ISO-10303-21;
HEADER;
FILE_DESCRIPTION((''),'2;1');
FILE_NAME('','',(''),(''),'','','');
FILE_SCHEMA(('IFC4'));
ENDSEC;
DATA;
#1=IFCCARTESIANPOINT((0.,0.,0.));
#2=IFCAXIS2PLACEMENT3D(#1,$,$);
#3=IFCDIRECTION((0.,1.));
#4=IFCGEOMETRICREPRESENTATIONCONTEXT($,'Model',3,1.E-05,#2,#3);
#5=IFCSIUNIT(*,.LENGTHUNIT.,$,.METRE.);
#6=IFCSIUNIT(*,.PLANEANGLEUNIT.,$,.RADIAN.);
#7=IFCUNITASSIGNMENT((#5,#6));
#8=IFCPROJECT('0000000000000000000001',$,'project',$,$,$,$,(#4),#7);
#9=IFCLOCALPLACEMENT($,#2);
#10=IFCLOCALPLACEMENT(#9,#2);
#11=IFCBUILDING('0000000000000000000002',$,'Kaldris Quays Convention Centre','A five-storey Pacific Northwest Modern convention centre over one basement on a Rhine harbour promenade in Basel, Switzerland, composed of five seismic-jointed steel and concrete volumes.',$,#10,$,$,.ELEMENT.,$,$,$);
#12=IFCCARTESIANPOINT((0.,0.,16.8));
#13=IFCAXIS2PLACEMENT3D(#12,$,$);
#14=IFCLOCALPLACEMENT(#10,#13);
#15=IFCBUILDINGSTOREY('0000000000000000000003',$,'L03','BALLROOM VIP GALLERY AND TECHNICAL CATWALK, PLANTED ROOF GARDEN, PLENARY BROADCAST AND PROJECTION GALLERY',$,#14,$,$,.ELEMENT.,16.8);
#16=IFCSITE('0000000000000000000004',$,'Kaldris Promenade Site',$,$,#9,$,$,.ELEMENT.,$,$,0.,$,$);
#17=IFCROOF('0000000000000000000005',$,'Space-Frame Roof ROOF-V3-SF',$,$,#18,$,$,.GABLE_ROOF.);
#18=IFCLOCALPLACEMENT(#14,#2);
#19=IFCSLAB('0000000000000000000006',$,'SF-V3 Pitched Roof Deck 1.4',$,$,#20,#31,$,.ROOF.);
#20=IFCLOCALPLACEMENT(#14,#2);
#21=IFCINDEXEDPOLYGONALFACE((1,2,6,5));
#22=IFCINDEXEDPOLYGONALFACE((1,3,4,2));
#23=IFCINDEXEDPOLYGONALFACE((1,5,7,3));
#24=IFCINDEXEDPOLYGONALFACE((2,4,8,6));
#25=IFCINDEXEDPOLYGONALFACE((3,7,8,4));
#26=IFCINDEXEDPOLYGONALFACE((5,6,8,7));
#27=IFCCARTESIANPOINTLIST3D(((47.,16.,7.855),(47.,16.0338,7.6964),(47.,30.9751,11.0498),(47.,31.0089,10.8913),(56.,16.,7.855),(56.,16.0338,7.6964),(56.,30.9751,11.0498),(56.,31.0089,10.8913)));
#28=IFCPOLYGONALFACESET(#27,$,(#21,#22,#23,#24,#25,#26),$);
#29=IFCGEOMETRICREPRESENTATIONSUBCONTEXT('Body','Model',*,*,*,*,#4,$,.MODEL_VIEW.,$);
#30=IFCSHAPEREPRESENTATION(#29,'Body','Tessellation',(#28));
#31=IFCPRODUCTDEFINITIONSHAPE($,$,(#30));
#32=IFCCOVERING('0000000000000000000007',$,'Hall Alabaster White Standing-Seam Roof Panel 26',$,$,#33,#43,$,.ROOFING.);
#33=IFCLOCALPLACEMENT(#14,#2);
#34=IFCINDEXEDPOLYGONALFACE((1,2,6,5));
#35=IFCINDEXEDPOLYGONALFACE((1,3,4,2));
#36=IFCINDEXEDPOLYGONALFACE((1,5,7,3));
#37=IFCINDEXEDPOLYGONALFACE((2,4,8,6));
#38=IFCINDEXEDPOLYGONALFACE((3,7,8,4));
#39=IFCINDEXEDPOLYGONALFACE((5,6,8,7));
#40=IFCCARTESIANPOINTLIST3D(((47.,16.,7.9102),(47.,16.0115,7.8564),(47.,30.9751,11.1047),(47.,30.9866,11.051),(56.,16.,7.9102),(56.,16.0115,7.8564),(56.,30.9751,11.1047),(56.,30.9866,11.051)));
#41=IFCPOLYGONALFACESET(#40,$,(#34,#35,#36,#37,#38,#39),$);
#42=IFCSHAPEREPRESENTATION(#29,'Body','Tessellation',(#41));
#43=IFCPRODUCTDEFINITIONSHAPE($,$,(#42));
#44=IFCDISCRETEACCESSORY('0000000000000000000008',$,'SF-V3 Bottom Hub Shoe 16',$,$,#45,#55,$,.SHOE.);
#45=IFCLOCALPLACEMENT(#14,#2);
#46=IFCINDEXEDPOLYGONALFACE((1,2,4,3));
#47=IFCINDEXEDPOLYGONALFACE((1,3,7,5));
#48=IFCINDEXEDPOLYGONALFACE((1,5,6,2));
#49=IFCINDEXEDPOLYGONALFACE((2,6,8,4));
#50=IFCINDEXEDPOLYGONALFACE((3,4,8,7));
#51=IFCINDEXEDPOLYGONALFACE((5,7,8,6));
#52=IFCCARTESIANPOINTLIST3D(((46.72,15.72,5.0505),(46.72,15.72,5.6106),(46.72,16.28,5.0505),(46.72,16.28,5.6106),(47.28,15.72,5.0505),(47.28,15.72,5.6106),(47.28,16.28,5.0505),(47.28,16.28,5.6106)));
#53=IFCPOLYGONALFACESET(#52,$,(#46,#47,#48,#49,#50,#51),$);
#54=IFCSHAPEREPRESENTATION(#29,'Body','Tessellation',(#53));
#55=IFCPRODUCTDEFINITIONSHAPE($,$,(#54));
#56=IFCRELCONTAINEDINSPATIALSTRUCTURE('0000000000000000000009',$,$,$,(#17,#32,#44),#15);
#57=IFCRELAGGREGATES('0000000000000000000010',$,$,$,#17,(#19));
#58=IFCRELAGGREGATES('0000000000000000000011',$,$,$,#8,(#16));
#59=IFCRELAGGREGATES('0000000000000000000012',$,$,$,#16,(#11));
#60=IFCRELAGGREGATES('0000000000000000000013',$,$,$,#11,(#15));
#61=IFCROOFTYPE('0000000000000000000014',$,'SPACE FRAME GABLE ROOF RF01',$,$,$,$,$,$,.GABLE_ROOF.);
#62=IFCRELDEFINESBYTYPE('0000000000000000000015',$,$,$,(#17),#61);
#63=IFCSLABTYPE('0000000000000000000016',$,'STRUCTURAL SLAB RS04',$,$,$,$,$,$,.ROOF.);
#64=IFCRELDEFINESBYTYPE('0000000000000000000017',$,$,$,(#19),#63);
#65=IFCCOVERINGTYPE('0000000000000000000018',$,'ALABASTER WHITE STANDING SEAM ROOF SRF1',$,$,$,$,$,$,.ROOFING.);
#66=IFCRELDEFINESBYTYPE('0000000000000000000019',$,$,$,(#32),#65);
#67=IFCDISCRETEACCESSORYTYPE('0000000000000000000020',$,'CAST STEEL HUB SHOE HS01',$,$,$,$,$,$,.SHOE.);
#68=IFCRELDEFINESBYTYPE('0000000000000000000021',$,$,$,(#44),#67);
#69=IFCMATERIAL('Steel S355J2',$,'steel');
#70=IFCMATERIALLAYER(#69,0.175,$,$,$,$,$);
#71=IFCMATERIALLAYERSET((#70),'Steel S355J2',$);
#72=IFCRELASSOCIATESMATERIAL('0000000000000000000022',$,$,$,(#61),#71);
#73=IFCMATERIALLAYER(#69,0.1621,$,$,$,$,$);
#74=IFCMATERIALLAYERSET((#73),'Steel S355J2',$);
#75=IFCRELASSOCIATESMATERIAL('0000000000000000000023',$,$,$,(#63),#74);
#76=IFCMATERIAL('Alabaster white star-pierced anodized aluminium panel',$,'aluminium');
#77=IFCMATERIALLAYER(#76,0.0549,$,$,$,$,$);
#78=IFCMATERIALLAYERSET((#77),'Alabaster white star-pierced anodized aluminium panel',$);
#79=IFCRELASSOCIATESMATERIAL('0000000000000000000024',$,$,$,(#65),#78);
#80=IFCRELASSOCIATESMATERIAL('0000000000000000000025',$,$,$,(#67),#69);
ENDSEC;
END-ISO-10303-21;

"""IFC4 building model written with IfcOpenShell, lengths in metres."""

from ifc_helpers import new_model, si_unit, direction, frame, origin, origin_2d, place, context, subcontext, project, spatial, polyline, rectangle, outline, extrude, material, layer, layer_set, type_object, element, aggregate, save


model = new_model("IFC4")

# Units and contexts
model_context = context("Model", 3, precision=1e-05, world=origin(), true_north=direction((0.0, 1.0)))
body_context = subcontext(model_context, "Body", "Model", "MODEL_VIEW")
ifc_project = project(units=[si_unit("LENGTHUNIT", "METRE"), si_unit("PLANEANGLEUNIT", "RADIAN")], contexts=[model_context])

# Site, building, storey
site_placement = place(None, origin())
site = spatial("IfcSite", under=ifc_project, at=site_placement, Name="Kaldris Promenade Site", CompositionType="ELEMENT", RefElevation=0.0)
building_placement = place(site_placement, origin())
building = spatial("IfcBuilding", under=site, at=building_placement, Name="Kaldris Quays Convention Centre", Description="A five-storey Pacific Northwest Modern convention centre over one basement on a Rhine harbour promenade in Basel, Switzerland, composed of five seismic-jointed steel and concrete volumes.", CompositionType="ELEMENT")
storey_placement = place(building_placement, frame((0.0, 0.0, 16.8)))
storey = spatial("IfcBuildingStorey", under=building, at=storey_placement, Name="L03", Description="BALLROOM VIP GALLERY AND TECHNICAL CATWALK, PLANTED ROOF GARDEN, PLENARY BROADCAST AND PROJECTION GALLERY", CompositionType="ELEMENT", Elevation=16.8)

# Shared definitions
ifc_material_1 = material(Name="Steel S355J2", Category="steel")

# Roof, slab
ifc_layer_1 = layer(ifc_material_1, 0.175)
ifc_layer_set_1 = layer_set([ifc_layer_1], Name="Steel S355J2")
roof_type = type_object("IfcRoofType", Name="SPACE FRAME GABLE ROOF RF01", PredefinedType="GABLE_ROOF", material=ifc_layer_set_1)
roof_placement = place(storey_placement, origin())
roof = element("IfcRoof", 1, at=roof_placement, inside=storey, type_object=roof_type, Name="Space-Frame Roof ROOF-V3-SF", PredefinedType="GABLE_ROOF")
ifc_layer_2 = layer(ifc_material_1, 0.1621)
ifc_layer_set_2 = layer_set([ifc_layer_2], Name="Steel S355J2")
slab_type = type_object("IfcSlabType", Name="STRUCTURAL SLAB RS04", PredefinedType="ROOF", material=ifc_layer_set_2)
slab_placement = place(storey_placement, frame((47.0, 16.0, 7.855), z_axis=(0.0, -0.208647, 0.977991), x_axis=(1.0, 0.0, 0.0)))
slab = element("IfcSlab", 2, at=slab_placement, type_object=slab_type, Name="SF-V3 Pitched Roof Deck 1.4", PredefinedType="ROOF", context=body_context, shape_type="SweptSolid", body=[
    extrude(outline(polyline([(0.0, 0.0), (9.0, 0.0), (9.0, 15.3121), (0.0, 15.3121), (0.0, 0.0)])), origin(), (0.0, 0.0, -1.0), 0.1621),
])
aggregate(roof, [slab])

# Covering
ifc_material_2 = material(Name="Alabaster white star-pierced anodized aluminium panel", Category="aluminium")
ifc_layer_3 = layer(ifc_material_2, 0.0549)
ifc_layer_set_3 = layer_set([ifc_layer_3], Name="Alabaster white star-pierced anodized aluminium panel")
covering_type = type_object("IfcCoveringType", Name="ALABASTER WHITE STANDING SEAM ROOF SRF1", PredefinedType="ROOFING", material=ifc_layer_set_3)
covering_placement = place(storey_placement, frame((47.0, 16.0, 7.9102), z_axis=(0.0, -0.208632, 0.977994), x_axis=(1.0, 0.0, 0.0)))
element("IfcCovering", 3, at=covering_placement, inside=storey, type_object=covering_type, Name="Hall Alabaster White Standing-Seam Roof Panel 26", PredefinedType="ROOFING", context=body_context, shape_type="SweptSolid", body=[
    extrude(outline(polyline([(0.0, 0.0), (9.0, 0.0), (9.0, 15.3121), (0.0, 15.3121), (0.0, 0.0)])), origin(), (0.0, 0.0, -1.0), 0.0549),
])

# Discrete accessory
discrete_accessory_type = type_object("IfcDiscreteAccessoryType", Name="CAST STEEL HUB SHOE HS01", PredefinedType="SHOE", material=ifc_material_1)
discrete_accessory_placement = place(storey_placement, frame((47.0, 16.0, 5.0505), z_axis=(0.0, 0.0, 1.0), x_axis=(1.0, 0.0, 0.0)))
element("IfcDiscreteAccessory", 4, at=discrete_accessory_placement, inside=storey, type_object=discrete_accessory_type, Name="SF-V3 Bottom Hub Shoe 16", PredefinedType="SHOE", context=body_context, shape_type="SweptSolid", body=[
    extrude(rectangle(XDim=0.5601, YDim=0.5601, at=origin_2d()), origin(), (0.0, 0.0, 1.0), 0.5601),
])

save(model, "model.ifc")
